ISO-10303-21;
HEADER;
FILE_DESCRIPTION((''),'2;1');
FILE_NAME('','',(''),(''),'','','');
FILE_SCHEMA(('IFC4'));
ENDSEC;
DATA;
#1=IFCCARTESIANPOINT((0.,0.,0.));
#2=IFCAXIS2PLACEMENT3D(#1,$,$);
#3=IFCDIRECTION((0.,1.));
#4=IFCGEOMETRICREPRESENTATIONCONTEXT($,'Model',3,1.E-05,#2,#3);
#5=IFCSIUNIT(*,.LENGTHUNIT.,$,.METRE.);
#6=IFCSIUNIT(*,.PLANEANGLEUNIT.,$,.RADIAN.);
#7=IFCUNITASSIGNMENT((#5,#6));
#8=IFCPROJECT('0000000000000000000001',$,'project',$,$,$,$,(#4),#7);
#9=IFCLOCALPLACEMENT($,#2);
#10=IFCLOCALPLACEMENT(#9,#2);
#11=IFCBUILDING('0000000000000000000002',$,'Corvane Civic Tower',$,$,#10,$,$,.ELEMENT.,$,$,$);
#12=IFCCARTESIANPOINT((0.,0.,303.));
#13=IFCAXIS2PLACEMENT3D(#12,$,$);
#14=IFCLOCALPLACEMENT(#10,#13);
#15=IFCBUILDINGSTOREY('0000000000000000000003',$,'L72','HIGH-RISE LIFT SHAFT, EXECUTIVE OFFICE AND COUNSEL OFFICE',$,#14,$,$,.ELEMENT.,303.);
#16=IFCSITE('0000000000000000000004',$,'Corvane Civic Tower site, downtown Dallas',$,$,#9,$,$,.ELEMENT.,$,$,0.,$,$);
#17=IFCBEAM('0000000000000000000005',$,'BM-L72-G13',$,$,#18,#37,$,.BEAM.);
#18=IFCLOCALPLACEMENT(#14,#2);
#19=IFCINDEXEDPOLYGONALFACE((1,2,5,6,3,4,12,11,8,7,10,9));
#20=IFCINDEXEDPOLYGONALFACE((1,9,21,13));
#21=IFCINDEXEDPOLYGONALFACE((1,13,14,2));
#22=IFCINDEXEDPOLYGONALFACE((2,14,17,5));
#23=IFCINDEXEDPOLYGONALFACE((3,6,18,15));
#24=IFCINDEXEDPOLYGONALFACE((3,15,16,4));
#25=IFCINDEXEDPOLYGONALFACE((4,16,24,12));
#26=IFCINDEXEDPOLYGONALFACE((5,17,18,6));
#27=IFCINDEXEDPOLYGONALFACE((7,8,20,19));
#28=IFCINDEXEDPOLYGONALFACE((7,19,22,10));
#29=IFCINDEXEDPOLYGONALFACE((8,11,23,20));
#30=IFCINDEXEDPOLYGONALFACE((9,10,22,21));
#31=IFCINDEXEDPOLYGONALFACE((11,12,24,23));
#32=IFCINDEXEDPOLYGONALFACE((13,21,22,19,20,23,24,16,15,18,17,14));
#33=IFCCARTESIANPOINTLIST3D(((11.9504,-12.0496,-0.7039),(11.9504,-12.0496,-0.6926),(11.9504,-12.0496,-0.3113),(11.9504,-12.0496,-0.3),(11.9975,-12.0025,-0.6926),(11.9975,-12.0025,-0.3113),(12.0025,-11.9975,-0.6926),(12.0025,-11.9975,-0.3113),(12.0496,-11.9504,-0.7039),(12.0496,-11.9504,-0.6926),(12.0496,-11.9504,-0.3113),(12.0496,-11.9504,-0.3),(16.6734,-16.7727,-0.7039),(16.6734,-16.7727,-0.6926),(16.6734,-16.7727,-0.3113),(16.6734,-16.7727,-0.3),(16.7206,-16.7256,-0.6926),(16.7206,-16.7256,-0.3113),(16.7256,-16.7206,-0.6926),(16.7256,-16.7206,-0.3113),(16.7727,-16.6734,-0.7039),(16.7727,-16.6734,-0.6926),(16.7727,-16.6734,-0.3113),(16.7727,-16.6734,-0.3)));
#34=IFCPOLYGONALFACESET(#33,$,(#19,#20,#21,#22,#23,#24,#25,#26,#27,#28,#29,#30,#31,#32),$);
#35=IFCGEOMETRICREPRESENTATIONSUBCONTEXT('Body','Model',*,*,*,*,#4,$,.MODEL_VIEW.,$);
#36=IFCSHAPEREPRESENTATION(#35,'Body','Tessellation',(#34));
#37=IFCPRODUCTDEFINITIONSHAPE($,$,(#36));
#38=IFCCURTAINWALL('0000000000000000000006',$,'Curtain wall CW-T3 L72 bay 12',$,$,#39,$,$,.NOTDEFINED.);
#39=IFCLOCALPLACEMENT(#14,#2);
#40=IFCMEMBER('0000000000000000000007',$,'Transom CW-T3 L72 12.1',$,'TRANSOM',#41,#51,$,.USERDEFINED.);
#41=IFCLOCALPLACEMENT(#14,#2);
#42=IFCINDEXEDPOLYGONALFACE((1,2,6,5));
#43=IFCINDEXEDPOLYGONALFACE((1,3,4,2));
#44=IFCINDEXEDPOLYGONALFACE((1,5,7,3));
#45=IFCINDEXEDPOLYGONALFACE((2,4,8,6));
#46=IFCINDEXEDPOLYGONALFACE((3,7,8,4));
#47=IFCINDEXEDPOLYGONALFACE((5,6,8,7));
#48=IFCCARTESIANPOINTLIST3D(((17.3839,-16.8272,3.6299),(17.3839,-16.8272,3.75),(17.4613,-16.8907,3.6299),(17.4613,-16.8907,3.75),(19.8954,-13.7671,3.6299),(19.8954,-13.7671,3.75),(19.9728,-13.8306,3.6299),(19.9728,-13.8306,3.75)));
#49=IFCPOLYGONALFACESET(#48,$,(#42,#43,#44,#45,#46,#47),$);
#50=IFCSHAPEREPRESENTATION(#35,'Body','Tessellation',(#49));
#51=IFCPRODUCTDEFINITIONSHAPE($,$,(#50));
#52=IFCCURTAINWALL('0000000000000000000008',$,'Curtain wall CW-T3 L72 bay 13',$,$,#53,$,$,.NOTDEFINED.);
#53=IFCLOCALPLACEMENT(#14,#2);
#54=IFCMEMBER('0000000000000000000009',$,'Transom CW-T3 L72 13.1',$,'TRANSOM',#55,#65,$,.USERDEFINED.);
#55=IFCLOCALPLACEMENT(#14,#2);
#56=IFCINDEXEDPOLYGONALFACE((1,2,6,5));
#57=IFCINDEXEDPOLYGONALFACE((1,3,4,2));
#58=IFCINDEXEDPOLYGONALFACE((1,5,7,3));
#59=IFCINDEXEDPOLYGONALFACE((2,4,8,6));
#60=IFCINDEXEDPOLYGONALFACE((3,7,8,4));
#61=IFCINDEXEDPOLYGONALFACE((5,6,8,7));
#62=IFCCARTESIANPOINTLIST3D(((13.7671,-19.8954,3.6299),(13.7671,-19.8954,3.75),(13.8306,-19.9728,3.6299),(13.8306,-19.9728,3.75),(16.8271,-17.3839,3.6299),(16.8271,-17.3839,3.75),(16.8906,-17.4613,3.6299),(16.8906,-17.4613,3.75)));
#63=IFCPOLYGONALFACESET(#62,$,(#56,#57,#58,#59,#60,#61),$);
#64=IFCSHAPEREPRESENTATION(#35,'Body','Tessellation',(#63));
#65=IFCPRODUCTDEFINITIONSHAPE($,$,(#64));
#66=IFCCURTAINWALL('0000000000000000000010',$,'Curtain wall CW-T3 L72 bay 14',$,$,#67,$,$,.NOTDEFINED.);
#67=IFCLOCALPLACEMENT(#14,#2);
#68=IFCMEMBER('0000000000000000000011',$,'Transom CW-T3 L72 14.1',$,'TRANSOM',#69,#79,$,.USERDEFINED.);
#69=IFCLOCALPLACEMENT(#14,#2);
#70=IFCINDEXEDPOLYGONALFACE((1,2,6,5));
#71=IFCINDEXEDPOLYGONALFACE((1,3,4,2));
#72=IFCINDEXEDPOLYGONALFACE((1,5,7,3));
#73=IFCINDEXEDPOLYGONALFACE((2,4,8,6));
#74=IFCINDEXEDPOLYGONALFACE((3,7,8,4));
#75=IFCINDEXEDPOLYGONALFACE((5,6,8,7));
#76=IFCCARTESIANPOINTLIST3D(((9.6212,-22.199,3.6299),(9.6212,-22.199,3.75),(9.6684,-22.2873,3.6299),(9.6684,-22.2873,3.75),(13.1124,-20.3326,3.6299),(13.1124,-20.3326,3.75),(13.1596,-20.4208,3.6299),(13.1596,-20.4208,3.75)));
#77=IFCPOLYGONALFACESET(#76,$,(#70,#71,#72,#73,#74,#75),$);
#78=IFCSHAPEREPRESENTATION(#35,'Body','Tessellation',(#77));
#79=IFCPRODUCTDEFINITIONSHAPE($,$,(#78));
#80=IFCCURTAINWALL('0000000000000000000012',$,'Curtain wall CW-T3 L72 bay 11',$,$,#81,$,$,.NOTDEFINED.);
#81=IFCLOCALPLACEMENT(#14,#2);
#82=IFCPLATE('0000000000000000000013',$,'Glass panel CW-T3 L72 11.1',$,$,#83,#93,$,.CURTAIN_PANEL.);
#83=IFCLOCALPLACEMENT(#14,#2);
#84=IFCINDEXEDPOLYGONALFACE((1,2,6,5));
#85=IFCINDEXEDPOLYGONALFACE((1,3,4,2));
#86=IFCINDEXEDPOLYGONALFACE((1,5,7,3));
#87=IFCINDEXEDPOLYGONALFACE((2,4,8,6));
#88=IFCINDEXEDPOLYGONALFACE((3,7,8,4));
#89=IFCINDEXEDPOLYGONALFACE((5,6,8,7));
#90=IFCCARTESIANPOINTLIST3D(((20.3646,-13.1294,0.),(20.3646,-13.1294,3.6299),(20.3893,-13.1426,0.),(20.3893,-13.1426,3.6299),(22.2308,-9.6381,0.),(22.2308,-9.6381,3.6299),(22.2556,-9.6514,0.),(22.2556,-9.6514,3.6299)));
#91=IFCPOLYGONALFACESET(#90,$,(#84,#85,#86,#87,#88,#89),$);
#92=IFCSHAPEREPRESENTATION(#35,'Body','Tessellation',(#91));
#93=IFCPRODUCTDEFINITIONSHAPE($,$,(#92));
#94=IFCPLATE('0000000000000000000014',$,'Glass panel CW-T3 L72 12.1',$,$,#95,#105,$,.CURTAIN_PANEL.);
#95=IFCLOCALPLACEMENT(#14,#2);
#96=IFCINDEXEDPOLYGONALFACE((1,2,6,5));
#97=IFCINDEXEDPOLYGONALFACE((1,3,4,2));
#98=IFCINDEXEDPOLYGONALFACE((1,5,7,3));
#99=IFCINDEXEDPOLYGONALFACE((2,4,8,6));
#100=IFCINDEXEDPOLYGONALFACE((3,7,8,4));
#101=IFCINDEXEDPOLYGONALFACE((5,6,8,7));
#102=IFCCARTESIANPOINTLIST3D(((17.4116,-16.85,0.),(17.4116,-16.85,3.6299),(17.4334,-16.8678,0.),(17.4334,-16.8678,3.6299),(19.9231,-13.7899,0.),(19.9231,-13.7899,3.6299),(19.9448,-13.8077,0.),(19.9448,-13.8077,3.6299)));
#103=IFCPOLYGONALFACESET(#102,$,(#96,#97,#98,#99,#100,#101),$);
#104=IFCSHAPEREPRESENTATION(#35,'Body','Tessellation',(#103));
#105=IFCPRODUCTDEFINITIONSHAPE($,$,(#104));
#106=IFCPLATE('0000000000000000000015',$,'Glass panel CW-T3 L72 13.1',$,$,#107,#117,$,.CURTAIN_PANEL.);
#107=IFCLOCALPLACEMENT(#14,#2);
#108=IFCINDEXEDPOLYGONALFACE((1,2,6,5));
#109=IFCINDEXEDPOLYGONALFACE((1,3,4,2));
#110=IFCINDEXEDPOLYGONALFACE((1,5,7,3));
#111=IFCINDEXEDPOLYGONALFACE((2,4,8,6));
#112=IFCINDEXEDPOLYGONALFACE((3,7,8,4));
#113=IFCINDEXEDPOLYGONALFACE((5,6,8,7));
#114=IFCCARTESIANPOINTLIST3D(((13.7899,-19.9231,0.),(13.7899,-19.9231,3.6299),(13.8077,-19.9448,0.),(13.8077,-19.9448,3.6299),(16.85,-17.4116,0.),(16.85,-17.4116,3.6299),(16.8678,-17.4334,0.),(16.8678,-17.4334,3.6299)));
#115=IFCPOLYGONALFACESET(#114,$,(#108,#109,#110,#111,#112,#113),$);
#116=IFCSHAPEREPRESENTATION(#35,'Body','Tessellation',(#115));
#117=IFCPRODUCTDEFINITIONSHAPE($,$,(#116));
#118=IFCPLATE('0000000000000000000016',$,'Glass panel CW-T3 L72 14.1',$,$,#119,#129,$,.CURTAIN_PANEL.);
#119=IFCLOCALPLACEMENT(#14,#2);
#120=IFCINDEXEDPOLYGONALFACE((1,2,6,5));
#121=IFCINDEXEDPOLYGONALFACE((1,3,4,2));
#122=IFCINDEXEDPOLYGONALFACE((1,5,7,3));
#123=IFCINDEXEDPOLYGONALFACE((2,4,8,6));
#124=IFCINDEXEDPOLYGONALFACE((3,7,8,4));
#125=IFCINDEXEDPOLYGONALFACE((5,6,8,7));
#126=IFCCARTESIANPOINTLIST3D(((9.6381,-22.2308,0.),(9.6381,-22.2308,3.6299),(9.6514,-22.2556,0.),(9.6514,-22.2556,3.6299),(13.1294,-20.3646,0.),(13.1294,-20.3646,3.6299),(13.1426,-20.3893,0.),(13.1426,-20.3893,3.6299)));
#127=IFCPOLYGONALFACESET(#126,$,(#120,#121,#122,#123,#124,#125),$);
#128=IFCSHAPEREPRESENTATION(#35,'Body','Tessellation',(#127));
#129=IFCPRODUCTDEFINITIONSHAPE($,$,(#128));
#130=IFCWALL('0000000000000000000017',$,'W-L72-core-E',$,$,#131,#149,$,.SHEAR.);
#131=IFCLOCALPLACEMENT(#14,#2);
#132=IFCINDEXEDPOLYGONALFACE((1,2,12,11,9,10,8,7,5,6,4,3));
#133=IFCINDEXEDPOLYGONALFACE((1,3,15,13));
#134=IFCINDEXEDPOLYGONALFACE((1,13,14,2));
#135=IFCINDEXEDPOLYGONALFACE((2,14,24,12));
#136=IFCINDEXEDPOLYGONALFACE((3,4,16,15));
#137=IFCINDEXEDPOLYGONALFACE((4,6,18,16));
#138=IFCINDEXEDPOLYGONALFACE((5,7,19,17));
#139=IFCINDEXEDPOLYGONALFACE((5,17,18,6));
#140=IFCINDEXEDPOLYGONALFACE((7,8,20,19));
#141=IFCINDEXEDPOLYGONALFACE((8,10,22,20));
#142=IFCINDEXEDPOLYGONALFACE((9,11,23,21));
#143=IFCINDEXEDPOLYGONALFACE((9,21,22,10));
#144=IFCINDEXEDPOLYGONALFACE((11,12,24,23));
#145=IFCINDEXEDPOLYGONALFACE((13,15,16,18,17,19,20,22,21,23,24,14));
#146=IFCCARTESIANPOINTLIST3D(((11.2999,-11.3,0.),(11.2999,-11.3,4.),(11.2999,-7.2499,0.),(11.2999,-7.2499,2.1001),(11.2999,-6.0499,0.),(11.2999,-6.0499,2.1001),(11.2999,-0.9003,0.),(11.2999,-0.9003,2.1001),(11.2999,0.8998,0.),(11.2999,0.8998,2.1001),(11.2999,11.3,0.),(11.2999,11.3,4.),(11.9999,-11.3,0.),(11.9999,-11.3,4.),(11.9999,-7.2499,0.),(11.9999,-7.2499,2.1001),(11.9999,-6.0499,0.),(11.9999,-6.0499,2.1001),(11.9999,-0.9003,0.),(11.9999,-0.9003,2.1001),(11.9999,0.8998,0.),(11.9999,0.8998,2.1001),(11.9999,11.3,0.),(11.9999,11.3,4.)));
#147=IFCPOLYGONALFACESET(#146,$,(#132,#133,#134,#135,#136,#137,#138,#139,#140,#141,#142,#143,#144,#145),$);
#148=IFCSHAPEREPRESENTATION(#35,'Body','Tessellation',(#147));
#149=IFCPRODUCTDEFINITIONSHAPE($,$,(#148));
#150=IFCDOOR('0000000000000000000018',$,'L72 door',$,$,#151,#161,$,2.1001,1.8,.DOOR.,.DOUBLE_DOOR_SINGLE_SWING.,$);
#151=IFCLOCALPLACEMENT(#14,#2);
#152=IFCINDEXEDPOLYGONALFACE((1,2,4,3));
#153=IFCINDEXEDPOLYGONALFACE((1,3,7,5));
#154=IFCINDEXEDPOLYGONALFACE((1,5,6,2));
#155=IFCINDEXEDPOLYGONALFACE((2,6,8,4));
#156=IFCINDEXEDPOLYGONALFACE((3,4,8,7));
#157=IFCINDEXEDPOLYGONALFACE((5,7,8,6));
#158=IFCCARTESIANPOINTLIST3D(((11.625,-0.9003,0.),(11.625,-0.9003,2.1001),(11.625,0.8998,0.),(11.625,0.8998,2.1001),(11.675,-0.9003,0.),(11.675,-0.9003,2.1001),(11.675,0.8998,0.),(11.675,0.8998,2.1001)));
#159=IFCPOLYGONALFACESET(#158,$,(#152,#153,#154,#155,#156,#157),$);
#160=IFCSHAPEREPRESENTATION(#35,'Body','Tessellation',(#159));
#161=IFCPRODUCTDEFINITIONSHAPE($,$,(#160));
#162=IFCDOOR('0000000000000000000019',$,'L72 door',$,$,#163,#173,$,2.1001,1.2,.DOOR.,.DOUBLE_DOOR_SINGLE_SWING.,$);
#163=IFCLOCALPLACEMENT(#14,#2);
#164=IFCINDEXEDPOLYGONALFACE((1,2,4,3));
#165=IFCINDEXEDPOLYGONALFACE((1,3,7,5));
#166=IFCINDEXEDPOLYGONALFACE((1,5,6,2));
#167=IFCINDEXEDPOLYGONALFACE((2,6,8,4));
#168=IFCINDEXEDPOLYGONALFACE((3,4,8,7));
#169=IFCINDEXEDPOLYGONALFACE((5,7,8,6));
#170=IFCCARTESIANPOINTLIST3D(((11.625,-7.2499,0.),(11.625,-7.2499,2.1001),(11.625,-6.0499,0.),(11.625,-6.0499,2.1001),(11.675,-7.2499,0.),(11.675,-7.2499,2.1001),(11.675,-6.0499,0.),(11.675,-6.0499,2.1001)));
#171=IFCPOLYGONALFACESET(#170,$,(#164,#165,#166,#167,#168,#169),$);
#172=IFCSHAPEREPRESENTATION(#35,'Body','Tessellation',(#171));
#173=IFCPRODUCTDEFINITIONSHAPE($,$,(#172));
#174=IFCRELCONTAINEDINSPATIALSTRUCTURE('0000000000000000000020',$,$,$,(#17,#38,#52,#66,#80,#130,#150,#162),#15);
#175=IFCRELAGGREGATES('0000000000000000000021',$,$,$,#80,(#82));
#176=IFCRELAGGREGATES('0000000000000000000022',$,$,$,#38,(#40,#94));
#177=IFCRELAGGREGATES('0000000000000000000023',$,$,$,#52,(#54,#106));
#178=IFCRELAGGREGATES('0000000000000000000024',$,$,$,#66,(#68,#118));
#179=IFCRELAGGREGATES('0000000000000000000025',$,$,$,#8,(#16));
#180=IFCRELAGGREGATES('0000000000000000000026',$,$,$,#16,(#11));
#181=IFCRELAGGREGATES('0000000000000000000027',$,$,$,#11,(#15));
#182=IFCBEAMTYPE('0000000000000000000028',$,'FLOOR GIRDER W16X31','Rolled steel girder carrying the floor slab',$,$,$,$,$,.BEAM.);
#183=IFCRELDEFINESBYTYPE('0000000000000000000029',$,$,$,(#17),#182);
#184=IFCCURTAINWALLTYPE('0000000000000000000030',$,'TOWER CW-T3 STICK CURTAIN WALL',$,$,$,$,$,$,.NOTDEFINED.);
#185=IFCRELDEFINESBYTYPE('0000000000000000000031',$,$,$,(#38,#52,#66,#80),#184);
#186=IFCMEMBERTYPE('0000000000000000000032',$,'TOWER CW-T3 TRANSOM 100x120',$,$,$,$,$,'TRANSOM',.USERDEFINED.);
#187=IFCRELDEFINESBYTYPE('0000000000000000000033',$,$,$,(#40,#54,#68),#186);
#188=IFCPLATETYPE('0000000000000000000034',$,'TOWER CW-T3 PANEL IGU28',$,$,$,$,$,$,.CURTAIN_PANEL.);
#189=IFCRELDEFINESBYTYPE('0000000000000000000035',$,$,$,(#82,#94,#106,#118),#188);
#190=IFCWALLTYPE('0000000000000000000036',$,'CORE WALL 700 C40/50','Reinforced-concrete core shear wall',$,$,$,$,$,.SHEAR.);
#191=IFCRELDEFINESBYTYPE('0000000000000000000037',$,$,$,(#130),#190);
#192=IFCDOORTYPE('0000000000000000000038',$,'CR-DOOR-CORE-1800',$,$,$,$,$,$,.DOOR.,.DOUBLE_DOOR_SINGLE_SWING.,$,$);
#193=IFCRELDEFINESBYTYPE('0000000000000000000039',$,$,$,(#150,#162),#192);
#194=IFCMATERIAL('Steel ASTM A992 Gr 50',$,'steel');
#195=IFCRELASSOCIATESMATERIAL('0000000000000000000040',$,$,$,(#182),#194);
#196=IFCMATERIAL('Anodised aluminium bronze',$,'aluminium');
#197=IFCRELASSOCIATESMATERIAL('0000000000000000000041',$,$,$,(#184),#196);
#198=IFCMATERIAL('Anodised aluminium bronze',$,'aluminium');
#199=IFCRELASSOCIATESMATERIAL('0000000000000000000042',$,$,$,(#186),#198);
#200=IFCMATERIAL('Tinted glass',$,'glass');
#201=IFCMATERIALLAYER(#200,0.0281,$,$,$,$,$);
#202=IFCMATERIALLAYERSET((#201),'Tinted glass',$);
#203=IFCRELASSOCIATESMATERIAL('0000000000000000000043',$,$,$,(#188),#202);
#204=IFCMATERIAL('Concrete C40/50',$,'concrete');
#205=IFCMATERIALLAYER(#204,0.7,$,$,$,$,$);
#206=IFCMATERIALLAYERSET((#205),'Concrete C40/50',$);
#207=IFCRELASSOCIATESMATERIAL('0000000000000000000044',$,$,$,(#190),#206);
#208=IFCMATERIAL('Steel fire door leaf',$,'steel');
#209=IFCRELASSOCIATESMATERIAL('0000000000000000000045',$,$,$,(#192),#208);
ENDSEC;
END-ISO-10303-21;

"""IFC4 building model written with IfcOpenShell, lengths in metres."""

from ifc_helpers import new_model, si_unit, direction, frame, frame_2d, origin, origin_2d, place, context, subcontext, project, spatial, rectangle, i_section, extrude, material, layer, layer_set, material_profile, profile_set, type_object, element, fill, aggregate, save


model = new_model("IFC4")

# Units and contexts
model_context = context("Model", 3, precision=1e-05, world=origin(), true_north=direction((0.0, 1.0)))
body_context = subcontext(model_context, "Body", "Model", "MODEL_VIEW")
ifc_project = project(units=[si_unit("LENGTHUNIT", "METRE"), si_unit("PLANEANGLEUNIT", "RADIAN")], contexts=[model_context])

# Site, building, storey
site_placement = place(None, origin())
site = spatial("IfcSite", under=ifc_project, at=site_placement, Name="Corvane Civic Tower site, downtown Dallas", CompositionType="ELEMENT", RefElevation=0.0)
building_placement = place(site_placement, origin())
building = spatial("IfcBuilding", under=site, at=building_placement, Name="Corvane Civic Tower", CompositionType="ELEMENT")
storey_placement = place(building_placement, frame((0.0, 0.0, 303.0)))
storey = spatial("IfcBuildingStorey", under=building, at=storey_placement, Name="L72", Description="HIGH-RISE LIFT SHAFT, EXECUTIVE OFFICE AND COUNSEL OFFICE", CompositionType="ELEMENT", Elevation=303.0)

# Beam
ifc_material_1 = material(Name="Steel ASTM A992 Gr 50", Category="steel")
ifc_material_profile_1 = material_profile(ifc_material_1, i_section(OverallWidth=0.1404, OverallDepth=0.4038, WebThickness=0.0071, FlangeThickness=0.0112, at=origin_2d()), Name="W16X31")
ifc_profile_set_1 = profile_set([ifc_material_profile_1], Name="Steel ASTM A992 Gr 50")
beam_type_1 = type_object("IfcBeamType", Name="FLOOR GIRDER W16X31", Description="Rolled steel girder carrying the floor slab", PredefinedType="BEAM", material=ifc_profile_set_1)
beam_1_placement = place(storey_placement, frame((12.0, -12.0, -0.502), z_axis=(0.707107, -0.707107, 0.0), x_axis=(0.707107, 0.707107, 0.0)))
element("IfcBeam", 1, at=beam_1_placement, inside=storey, type_object=beam_type_1, Name="BM-L72-G13", PredefinedType="BEAM", context=body_context, shape_type="SweptSolid", body=[
    extrude(i_section(OverallWidth=0.1404, OverallDepth=0.4038, WebThickness=0.0071, FlangeThickness=0.0112, at=origin_2d()), origin(), (0.0, 0.0, 1.0), 6.6794),
])

# Curtain walls, members
ifc_material_2 = material(Name="Anodised aluminium bronze", Category="aluminium")
curtain_wall_type = type_object("IfcCurtainWallType", Name="TOWER CW-T3 STICK CURTAIN WALL", PredefinedType="NOTDEFINED", material=ifc_material_2)
curtain_wall_1_placement = place(storey_placement, origin())
curtain_wall_1 = element("IfcCurtainWall", 2, at=curtain_wall_1_placement, inside=storey, type_object=curtain_wall_type, Name="Curtain wall CW-T3 L72 bay 12", PredefinedType="NOTDEFINED")
ifc_material_3 = material(Name="Anodised aluminium bronze", Category="aluminium")
ifc_material_profile_2 = material_profile(ifc_material_3, rectangle(XDim=0.1001, YDim=0.1201, at=origin_2d()), Name="TOWER CW-T3 TRANSOM 100x120")
ifc_profile_set_2 = profile_set([ifc_material_profile_2], Name="Anodised aluminium bronze")
member_type = type_object("IfcMemberType", Name="TOWER CW-T3 TRANSOM 100x120", ElementType="TRANSOM", PredefinedType="USERDEFINED", material=ifc_profile_set_2)
member_1_placement = place(storey_placement, frame((19.9341, -13.7988, 3.6899), z_axis=(-0.634416, -0.772992, 0.0), x_axis=(0.772992, -0.634416, 0.0)))
member_1 = element("IfcMember", 3, at=member_1_placement, type_object=member_type, Name="Transom CW-T3 L72 12.1", ObjectType="TRANSOM", PredefinedType="USERDEFINED", context=body_context, shape_type="SweptSolid", body=[
    extrude(rectangle(XDim=0.1001, YDim=0.1201, at=origin_2d()), origin(), (0.0, 0.0, 1.0), 3.9587),
])
curtain_wall_2_placement = place(storey_placement, origin())
curtain_wall_2 = element("IfcCurtainWall", 4, at=curtain_wall_2_placement, inside=storey, type_object=curtain_wall_type, Name="Curtain wall CW-T3 L72 bay 13", PredefinedType="NOTDEFINED")
member_2_placement = place(storey_placement, frame((16.8589, -17.4226, 3.6899), z_axis=(-0.772992, -0.634416, 0.0), x_axis=(0.634416, -0.772992, 0.0)))
member_2 = element("IfcMember", 5, at=member_2_placement, type_object=member_type, Name="Transom CW-T3 L72 13.1", ObjectType="TRANSOM", PredefinedType="USERDEFINED", context=body_context, shape_type="SweptSolid", body=[
    extrude(rectangle(XDim=0.1001, YDim=0.1201, at=origin_2d()), origin(), (0.0, 0.0, 1.0), 3.9587),
])
curtain_wall_3_placement = place(storey_placement, origin())
curtain_wall_3 = element("IfcCurtainWall", 6, at=curtain_wall_3_placement, inside=storey, type_object=curtain_wall_type, Name="Curtain wall CW-T3 L72 bay 14", PredefinedType="NOTDEFINED")
member_3_placement = place(storey_placement, frame((13.136, -20.3767, 3.6899), z_axis=(-0.881883, -0.471468, 0.0), x_axis=(0.471468, -0.881883, 0.0)))
member_3 = element("IfcMember", 7, at=member_3_placement, type_object=member_type, Name="Transom CW-T3 L72 14.1", ObjectType="TRANSOM", PredefinedType="USERDEFINED", context=body_context, shape_type="SweptSolid", body=[
    extrude(rectangle(XDim=0.1001, YDim=0.1201, at=origin_2d()), origin(), (0.0, 0.0, 1.0), 3.9587),
])

# Curtain wall, plate
curtain_wall_4_placement = place(storey_placement, origin())
curtain_wall_4 = element("IfcCurtainWall", 8, at=curtain_wall_4_placement, inside=storey, type_object=curtain_wall_type, Name="Curtain wall CW-T3 L72 bay 11", PredefinedType="NOTDEFINED")
ifc_material_4 = material(Name="Tinted glass", Category="glass")
ifc_layer_1 = layer(ifc_material_4, 0.0281)
ifc_layer_set_1 = layer_set([ifc_layer_1], Name="Tinted glass")
plate_type = type_object("IfcPlateType", Name="TOWER CW-T3 PANEL IGU28", PredefinedType="CURTAIN_PANEL", material=ifc_layer_set_1)
plate_1_placement = place(storey_placement, frame((21.3101, -11.3904, 0.0), z_axis=(0.0, 0.0, 1.0), x_axis=(-0.471421, -0.881908, 0.0)))
plate_1 = element("IfcPlate", 9, at=plate_1_placement, type_object=plate_type, Name="Glass panel CW-T3 L72 11.1", PredefinedType="CURTAIN_PANEL", context=body_context, shape_type="SweptSolid", body=[
    extrude(rectangle(XDim=3.9587, YDim=0.0281, at=origin_2d()), origin(), (0.0, 0.0, 1.0), 3.6299),
])
aggregate(curtain_wall_4, [plate_1])

# Plates
plate_2_placement = place(storey_placement, frame((18.6782, -15.3289, 0.0), z_axis=(0.0, 0.0, 1.0), x_axis=(-0.634405, -0.773001, 0.0)))
plate_2 = element("IfcPlate", 10, at=plate_2_placement, type_object=plate_type, Name="Glass panel CW-T3 L72 12.1", PredefinedType="CURTAIN_PANEL", context=body_context, shape_type="SweptSolid", body=[
    extrude(rectangle(XDim=3.9587, YDim=0.0281, at=origin_2d()), origin(), (0.0, 0.0, 1.0), 3.6299),
])
aggregate(curtain_wall_1, [member_1, plate_2])
plate_3_placement = place(storey_placement, frame((15.3289, -18.6782, 0.0), z_axis=(0.0, 0.0, 1.0), x_axis=(-0.773001, -0.634405, 0.0)))
plate_3 = element("IfcPlate", 11, at=plate_3_placement, type_object=plate_type, Name="Glass panel CW-T3 L72 13.1", PredefinedType="CURTAIN_PANEL", context=body_context, shape_type="SweptSolid", body=[
    extrude(rectangle(XDim=3.9587, YDim=0.0281, at=origin_2d()), origin(), (0.0, 0.0, 1.0), 3.6299),
])
aggregate(curtain_wall_2, [member_2, plate_3])
plate_4_placement = place(storey_placement, frame((11.3904, -21.3101, 0.0), z_axis=(0.0, 0.0, 1.0), x_axis=(-0.881908, -0.471421, 0.0)))
plate_4 = element("IfcPlate", 12, at=plate_4_placement, type_object=plate_type, Name="Glass panel CW-T3 L72 14.1", PredefinedType="CURTAIN_PANEL", context=body_context, shape_type="SweptSolid", body=[
    extrude(rectangle(XDim=3.9587, YDim=0.0281, at=origin_2d()), origin(), (0.0, 0.0, 1.0), 3.6299),
])
aggregate(curtain_wall_3, [member_3, plate_4])

# Wall, openings, doors
ifc_material_5 = material(Name="Concrete C40/50", Category="concrete")
ifc_layer_2 = layer(ifc_material_5, 0.7)
ifc_layer_set_2 = layer_set([ifc_layer_2], Name="Concrete C40/50")
wall_type_1 = type_object("IfcWallType", Name="CORE WALL 700 C40/50", Description="Reinforced-concrete core shear wall", PredefinedType="SHEAR", material=ifc_layer_set_2)
wall_1_placement = place(storey_placement, frame((11.6499, -11.3, 0.0), z_axis=(0.0, 0.0, 1.0), x_axis=(0.0, 1.0, 0.0)))
wall_1 = element("IfcWall", 13, at=wall_1_placement, inside=storey, type_object=wall_type_1, Name="W-L72-core-E", PredefinedType="SHEAR", context=body_context, shape_type="SweptSolid", body=[
    extrude(rectangle(XDim=22.6001, YDim=0.7, at=frame_2d((11.3, 0.0))), origin(), (0.0, 0.0, 1.0), 4.0),
])
opening_1_placement = place(wall_1_placement, frame((10.3999, 0.0, 0.0)))
opening_1 = element("IfcOpeningElement", 14, at=opening_1_placement, cuts=wall_1, PredefinedType="OPENING", context=body_context, shape_type="SweptSolid", body=[
    extrude(rectangle(XDim=1.8, YDim=2.1001, at=frame_2d((0.8999, 1.05))), frame((0.0, 0.3599, 0.0), z_axis=(0.0, -1.0, 0.0), x_axis=(1.0, 0.0, 0.0)), (0.0, 0.0, 1.0), 0.72),
])
opening_2_placement = place(wall_1_placement, frame((4.05, 0.0, 0.0)))
opening_2 = element("IfcOpeningElement", 15, at=opening_2_placement, cuts=wall_1, PredefinedType="OPENING", context=body_context, shape_type="SweptSolid", body=[
    extrude(rectangle(XDim=1.2, YDim=2.1001, at=frame_2d((0.6001, 1.05))), frame((0.0, 0.3599, 0.0), z_axis=(0.0, -1.0, 0.0), x_axis=(1.0, 0.0, 0.0)), (0.0, 0.0, 1.0), 0.72),
])
ifc_material_6 = material(Name="Steel fire door leaf", Category="steel")
door_type_1 = type_object("IfcDoorType", Name="CR-DOOR-CORE-1800", OperationType="DOUBLE_DOOR_SINGLE_SWING", PredefinedType="DOOR", material=ifc_material_6)
door_1_placement = place(opening_1_placement, origin())
door_1 = element("IfcDoor", 16, at=door_1_placement, inside=storey, type_object=door_type_1, Name="L72 door", OperationType="DOUBLE_DOOR_SINGLE_SWING", OverallHeight=2.1001, OverallWidth=1.8, PredefinedType="DOOR", context=body_context, shape_type="SweptSolid", body=[
    extrude(rectangle(XDim=1.8, YDim=2.1001, at=frame_2d((0.8999, 1.05))), frame((0.0, 0.0249, 0.0), z_axis=(0.0, -1.0, 0.0), x_axis=(1.0, 0.0, 0.0)), (0.0, 0.0, 1.0), 0.05),
])
fill(opening_1, door_1)
door_2_placement = place(opening_2_placement, origin())
door_2 = element("IfcDoor", 17, at=door_2_placement, inside=storey, type_object=door_type_1, Name="L72 door", OperationType="DOUBLE_DOOR_SINGLE_SWING", OverallHeight=2.1001, OverallWidth=1.2, PredefinedType="DOOR", context=body_context, shape_type="SweptSolid", body=[
    extrude(rectangle(XDim=1.2, YDim=2.1001, at=frame_2d((0.6001, 1.05))), frame((0.0, 0.0249, 0.0), z_axis=(0.0, -1.0, 0.0), x_axis=(1.0, 0.0, 0.0)), (0.0, 0.0, 1.0), 0.05),
])
fill(opening_2, door_2)

save(model, "model.ifc")
